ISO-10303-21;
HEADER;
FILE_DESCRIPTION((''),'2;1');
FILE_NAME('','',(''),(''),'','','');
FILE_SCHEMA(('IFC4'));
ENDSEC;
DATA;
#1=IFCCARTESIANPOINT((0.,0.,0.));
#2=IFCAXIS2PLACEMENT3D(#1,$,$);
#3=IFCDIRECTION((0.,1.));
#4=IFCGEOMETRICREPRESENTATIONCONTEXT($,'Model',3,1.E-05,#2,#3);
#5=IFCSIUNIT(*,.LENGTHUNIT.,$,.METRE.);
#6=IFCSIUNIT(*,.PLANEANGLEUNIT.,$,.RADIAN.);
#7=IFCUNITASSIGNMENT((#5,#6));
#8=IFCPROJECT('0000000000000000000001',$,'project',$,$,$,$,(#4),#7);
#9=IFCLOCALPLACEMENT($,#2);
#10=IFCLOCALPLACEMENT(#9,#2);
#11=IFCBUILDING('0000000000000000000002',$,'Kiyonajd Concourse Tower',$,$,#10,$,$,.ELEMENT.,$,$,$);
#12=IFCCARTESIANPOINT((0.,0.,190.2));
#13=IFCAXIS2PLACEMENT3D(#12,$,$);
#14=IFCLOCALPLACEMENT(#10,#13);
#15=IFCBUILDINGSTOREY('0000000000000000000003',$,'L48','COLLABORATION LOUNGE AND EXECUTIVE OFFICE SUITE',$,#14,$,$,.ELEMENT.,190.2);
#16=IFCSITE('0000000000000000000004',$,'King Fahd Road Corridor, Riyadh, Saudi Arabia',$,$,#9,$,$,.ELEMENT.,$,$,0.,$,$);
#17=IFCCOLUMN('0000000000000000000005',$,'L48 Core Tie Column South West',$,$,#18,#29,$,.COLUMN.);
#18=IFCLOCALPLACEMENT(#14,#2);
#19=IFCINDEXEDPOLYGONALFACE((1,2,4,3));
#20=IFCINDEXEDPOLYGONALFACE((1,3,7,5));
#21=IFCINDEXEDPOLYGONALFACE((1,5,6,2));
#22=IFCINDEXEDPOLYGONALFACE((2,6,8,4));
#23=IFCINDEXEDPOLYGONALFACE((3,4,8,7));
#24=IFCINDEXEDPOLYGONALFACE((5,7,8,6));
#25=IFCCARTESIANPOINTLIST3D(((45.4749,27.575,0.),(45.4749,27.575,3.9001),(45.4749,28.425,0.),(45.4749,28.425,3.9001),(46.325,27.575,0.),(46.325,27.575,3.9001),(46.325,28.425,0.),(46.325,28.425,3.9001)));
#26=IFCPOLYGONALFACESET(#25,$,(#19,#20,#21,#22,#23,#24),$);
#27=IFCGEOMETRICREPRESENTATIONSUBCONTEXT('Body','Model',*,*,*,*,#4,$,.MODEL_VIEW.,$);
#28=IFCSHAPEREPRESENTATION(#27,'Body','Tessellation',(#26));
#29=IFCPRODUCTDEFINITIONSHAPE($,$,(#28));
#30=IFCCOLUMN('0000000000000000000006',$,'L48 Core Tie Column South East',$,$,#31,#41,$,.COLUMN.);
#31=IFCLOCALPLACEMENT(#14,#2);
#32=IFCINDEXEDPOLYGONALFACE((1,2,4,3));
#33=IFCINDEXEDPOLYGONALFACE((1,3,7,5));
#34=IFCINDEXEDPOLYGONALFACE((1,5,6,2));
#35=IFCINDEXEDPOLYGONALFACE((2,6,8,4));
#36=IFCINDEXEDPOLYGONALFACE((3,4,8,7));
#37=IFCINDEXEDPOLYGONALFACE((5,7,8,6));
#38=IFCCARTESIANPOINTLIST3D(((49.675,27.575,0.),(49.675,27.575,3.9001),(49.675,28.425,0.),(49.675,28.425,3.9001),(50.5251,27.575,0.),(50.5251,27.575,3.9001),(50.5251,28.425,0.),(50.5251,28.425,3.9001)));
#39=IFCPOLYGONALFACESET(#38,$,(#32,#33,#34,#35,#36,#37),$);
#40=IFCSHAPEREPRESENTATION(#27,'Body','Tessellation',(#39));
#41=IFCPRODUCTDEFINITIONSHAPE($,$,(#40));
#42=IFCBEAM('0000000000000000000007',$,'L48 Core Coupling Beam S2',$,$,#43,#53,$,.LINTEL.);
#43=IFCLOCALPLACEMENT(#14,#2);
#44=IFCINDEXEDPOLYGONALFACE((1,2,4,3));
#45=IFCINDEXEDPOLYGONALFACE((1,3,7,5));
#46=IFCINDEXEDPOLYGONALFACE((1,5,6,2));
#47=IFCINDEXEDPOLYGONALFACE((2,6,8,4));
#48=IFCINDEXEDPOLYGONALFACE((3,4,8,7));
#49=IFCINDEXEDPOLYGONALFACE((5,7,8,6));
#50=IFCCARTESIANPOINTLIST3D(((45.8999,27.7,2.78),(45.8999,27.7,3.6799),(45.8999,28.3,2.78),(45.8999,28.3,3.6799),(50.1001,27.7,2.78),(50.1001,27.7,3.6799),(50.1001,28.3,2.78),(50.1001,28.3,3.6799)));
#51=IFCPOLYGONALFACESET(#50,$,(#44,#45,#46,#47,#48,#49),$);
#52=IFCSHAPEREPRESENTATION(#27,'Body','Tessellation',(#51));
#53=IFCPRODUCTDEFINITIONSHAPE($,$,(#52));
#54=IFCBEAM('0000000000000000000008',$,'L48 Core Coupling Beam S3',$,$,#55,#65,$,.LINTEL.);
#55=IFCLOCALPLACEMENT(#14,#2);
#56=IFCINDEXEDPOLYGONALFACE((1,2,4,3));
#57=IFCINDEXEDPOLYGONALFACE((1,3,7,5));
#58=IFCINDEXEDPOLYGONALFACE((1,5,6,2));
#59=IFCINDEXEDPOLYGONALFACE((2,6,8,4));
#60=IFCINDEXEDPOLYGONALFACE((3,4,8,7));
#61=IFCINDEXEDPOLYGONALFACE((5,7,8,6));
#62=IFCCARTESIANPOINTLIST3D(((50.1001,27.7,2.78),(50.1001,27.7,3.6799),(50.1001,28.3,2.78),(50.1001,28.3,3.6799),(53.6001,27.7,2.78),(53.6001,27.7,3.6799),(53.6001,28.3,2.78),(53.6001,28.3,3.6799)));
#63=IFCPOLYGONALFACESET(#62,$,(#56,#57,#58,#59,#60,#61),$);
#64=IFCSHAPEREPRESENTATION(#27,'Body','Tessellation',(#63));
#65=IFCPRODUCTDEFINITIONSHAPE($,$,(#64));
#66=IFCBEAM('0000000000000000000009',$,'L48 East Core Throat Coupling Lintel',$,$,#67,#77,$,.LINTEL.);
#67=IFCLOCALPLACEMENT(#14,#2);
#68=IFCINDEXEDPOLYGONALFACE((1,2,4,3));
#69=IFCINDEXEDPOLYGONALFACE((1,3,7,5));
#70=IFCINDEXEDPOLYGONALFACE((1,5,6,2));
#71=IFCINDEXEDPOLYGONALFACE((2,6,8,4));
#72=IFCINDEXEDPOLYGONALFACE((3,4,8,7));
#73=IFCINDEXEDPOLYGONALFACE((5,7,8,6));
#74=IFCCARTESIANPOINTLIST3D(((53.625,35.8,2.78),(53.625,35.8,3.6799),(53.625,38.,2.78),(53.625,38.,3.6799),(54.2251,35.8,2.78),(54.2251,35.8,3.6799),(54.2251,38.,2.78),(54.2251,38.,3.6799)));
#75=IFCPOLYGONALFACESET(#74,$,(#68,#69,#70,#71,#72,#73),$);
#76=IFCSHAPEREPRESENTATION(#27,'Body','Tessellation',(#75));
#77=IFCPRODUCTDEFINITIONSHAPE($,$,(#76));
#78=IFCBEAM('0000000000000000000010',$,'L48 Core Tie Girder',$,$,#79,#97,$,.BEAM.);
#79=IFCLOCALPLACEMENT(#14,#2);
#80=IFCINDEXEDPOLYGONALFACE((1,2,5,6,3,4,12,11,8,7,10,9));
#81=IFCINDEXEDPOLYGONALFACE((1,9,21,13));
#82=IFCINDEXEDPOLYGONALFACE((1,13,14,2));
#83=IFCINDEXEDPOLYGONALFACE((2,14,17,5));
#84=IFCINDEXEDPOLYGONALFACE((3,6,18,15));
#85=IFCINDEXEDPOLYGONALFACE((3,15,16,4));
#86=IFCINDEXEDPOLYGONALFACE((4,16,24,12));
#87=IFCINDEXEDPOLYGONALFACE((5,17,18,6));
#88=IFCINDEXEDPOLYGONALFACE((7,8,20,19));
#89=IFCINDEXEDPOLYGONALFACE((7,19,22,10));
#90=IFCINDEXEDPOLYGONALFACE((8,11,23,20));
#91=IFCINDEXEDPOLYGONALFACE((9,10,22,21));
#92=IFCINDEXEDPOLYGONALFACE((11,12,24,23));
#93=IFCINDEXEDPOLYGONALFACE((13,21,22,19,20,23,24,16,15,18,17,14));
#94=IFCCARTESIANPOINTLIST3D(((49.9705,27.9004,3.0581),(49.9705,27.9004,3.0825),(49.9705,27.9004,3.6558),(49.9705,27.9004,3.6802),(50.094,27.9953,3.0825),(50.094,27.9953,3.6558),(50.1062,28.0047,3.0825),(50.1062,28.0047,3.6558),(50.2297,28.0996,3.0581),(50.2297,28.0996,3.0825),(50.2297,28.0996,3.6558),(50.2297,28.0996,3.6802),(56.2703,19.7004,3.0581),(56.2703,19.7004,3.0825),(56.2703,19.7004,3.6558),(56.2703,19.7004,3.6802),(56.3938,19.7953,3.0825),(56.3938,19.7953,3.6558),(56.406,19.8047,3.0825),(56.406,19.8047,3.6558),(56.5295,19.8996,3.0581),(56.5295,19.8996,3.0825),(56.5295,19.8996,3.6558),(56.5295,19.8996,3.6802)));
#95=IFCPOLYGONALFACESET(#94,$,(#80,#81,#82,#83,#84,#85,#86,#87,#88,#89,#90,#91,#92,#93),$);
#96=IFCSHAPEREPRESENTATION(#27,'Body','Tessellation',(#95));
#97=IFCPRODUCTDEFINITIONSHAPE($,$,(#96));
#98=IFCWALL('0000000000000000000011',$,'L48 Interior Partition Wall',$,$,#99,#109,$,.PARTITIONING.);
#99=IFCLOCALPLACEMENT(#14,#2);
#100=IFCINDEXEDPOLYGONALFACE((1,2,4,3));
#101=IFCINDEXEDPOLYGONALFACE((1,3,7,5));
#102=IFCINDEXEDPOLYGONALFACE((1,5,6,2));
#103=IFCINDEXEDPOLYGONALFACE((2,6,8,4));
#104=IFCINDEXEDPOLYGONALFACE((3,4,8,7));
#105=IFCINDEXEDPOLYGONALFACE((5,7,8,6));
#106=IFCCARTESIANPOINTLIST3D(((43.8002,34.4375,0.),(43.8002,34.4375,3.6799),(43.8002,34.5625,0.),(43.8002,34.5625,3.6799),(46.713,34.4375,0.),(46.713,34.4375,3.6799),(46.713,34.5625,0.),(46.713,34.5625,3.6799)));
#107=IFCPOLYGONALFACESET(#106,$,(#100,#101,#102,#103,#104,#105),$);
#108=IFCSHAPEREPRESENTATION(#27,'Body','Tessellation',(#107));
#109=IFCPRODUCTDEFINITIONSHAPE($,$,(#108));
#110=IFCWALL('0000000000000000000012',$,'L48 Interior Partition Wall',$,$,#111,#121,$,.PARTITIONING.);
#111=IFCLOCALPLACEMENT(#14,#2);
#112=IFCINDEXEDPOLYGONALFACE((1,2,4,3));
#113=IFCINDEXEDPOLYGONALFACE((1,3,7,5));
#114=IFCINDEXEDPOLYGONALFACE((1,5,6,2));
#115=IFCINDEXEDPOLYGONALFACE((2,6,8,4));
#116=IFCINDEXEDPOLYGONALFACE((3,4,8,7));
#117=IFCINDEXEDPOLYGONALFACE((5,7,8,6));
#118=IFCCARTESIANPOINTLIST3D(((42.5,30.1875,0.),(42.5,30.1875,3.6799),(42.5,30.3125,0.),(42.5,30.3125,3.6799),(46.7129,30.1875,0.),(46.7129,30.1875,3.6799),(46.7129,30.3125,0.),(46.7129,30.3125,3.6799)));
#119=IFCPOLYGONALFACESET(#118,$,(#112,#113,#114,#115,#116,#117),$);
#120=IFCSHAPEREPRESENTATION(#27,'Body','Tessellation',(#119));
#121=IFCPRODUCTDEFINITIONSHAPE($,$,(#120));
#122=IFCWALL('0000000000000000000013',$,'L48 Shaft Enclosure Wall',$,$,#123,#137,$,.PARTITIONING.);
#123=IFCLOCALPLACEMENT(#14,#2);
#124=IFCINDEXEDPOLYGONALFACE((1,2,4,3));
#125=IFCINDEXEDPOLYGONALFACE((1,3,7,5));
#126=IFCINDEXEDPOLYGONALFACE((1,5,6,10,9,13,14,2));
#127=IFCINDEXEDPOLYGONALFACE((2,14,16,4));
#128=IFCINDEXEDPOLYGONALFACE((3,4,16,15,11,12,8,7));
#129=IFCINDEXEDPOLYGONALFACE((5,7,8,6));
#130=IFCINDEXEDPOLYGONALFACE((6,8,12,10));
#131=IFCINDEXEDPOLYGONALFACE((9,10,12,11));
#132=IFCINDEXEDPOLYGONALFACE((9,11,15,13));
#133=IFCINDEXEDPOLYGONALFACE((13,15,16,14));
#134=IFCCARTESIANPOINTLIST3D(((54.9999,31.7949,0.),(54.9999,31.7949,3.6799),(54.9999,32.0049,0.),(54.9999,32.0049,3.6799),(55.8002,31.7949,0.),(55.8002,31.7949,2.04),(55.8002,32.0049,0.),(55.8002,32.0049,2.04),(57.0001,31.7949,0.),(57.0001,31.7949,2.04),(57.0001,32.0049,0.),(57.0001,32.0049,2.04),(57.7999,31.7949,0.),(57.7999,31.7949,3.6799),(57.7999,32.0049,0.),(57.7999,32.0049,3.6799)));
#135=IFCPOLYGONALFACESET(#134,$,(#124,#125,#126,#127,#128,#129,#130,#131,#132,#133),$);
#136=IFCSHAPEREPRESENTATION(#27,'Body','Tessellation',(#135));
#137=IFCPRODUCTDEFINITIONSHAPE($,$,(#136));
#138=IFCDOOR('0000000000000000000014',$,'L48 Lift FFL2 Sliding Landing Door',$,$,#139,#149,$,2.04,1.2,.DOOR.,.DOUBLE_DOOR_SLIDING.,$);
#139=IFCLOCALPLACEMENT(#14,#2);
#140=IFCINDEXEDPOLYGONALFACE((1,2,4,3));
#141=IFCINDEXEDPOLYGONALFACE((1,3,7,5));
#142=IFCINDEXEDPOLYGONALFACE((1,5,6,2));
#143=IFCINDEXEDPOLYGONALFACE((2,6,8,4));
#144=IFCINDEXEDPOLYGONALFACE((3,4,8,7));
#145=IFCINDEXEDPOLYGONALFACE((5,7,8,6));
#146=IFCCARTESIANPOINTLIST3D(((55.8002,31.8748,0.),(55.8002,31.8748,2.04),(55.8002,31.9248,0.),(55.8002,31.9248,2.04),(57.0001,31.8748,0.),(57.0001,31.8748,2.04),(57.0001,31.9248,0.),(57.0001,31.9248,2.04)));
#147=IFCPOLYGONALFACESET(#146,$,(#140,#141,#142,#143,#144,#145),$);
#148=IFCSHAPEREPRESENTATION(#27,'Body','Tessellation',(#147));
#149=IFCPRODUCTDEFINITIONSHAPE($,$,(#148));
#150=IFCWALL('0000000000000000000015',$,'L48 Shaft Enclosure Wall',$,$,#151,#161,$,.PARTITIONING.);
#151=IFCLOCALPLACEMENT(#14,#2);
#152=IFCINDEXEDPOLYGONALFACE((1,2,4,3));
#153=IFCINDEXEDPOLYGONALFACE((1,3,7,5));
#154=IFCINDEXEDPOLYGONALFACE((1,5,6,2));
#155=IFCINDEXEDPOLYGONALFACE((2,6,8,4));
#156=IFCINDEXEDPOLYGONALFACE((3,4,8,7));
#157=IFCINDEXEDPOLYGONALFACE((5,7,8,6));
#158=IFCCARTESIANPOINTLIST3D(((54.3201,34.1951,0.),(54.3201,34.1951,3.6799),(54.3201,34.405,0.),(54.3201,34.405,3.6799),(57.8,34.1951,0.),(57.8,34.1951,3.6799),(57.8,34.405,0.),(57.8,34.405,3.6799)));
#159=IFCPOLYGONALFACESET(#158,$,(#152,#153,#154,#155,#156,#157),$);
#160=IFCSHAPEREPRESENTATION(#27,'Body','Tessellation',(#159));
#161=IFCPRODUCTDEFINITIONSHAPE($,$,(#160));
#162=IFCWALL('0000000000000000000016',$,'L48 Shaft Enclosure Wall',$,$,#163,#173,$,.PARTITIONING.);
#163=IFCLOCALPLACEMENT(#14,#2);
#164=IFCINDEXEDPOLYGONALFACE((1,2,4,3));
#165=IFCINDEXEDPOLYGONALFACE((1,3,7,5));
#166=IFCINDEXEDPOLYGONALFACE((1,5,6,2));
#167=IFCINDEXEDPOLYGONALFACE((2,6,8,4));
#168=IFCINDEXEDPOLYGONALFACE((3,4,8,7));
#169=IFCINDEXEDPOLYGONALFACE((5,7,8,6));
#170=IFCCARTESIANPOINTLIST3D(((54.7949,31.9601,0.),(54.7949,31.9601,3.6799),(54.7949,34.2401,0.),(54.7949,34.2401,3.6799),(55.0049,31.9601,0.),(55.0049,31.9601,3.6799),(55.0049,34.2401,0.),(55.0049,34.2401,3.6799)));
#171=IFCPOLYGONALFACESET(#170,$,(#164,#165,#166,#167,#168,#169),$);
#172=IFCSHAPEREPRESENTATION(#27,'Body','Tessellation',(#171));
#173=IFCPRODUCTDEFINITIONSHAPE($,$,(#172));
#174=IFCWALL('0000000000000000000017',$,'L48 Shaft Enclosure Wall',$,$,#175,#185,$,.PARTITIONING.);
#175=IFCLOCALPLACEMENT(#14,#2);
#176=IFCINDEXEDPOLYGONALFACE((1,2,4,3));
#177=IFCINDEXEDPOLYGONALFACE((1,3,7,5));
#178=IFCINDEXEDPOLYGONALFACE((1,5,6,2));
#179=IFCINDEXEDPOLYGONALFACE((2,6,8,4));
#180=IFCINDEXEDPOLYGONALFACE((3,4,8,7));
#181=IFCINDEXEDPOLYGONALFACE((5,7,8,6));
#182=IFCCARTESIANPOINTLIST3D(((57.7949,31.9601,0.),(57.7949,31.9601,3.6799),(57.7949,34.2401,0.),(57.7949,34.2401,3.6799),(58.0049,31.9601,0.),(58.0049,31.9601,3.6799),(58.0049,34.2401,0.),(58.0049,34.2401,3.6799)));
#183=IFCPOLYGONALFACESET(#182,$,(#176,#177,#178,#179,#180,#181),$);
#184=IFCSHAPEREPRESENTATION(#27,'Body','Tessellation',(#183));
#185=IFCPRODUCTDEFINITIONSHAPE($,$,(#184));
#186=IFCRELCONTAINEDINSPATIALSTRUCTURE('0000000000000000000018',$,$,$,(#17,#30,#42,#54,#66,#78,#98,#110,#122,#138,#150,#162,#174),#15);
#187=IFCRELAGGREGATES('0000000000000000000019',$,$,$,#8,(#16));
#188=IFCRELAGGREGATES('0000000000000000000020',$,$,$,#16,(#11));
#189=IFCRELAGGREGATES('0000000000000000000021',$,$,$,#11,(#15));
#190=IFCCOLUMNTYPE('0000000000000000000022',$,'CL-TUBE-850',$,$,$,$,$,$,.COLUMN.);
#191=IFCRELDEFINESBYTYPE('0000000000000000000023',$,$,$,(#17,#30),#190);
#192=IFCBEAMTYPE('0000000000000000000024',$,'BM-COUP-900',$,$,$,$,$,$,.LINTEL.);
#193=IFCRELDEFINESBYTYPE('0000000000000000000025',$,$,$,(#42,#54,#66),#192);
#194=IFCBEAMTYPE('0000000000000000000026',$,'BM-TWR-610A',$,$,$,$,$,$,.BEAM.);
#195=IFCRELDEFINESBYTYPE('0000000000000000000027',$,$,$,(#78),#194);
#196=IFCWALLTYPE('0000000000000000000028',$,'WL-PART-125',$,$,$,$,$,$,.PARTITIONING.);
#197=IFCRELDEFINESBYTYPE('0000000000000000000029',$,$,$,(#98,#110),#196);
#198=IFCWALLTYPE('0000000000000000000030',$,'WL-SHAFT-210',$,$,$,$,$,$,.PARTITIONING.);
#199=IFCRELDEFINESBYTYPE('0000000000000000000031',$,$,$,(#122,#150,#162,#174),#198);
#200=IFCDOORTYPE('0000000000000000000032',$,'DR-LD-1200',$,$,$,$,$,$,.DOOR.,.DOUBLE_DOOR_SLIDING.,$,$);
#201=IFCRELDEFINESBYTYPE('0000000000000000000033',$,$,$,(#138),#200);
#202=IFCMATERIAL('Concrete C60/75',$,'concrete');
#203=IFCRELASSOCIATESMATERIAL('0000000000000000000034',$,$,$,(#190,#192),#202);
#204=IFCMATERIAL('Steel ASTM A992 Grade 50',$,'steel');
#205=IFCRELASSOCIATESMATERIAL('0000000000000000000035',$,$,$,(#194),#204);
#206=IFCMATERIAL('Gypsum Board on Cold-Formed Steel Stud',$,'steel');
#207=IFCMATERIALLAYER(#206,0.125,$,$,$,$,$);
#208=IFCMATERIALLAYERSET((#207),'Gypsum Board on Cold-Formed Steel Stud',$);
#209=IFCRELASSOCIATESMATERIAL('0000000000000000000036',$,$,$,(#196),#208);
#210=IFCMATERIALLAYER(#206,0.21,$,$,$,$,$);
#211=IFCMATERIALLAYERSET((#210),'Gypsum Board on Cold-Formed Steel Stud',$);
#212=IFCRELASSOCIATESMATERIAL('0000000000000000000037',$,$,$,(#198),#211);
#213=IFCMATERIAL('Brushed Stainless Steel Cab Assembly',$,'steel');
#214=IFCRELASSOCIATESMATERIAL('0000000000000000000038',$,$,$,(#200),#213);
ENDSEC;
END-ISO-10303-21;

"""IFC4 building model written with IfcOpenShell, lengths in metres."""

from ifc_helpers import new_model, si_unit, direction, frame, frame_2d, origin, origin_2d, place, context, subcontext, project, spatial, rectangle, i_section, extrude, material, layer, layer_set, material_profile, profile_set, type_object, element, fill, save


model = new_model("IFC4")

# Units and contexts
model_context = context("Model", 3, precision=1e-05, world=origin(), true_north=direction((0.0, 1.0)))
body_context = subcontext(model_context, "Body", "Model", "MODEL_VIEW")
ifc_project = project(units=[si_unit("LENGTHUNIT", "METRE"), si_unit("PLANEANGLEUNIT", "RADIAN")], contexts=[model_context])

# Site, building, storey
site_placement = place(None, origin())
site = spatial("IfcSite", under=ifc_project, at=site_placement, Name="King Fahd Road Corridor, Riyadh, Saudi Arabia", CompositionType="ELEMENT", RefElevation=0.0)
building_placement = place(site_placement, origin())
building = spatial("IfcBuilding", under=site, at=building_placement, Name="Kiyonajd Concourse Tower", CompositionType="ELEMENT")
storey_placement = place(building_placement, frame((0.0, 0.0, 190.2)))
storey = spatial("IfcBuildingStorey", under=building, at=storey_placement, Name="L48", Description="COLLABORATION LOUNGE AND EXECUTIVE OFFICE SUITE", CompositionType="ELEMENT", Elevation=190.2)

# Columns
ifc_material_1 = material(Name="Concrete C60/75", Category="concrete")
ifc_material_profile_1 = material_profile(ifc_material_1, rectangle(XDim=0.8501, YDim=0.8501, at=origin_2d()), Name="RC-850x850")
ifc_profile_set_1 = profile_set([ifc_material_profile_1], Name="Concrete C60/75")
column_type = type_object("IfcColumnType", Name="CL-TUBE-850", PredefinedType="COLUMN", material=ifc_profile_set_1)
for number, where, z_axis, x_axis, name in (
    (1, (45.8999, 28.0, 0.0), (0.0, 0.0, 1.0), (1.0, 0.0, 0.0), "L48 Core Tie Column South West"),
    (2, (50.1001, 28.0, 0.0), (0.0, 0.0, 1.0), (1.0, 0.0, 0.0), "L48 Core Tie Column South East"),
):
    element("IfcColumn", number, at=place(storey_placement, frame(where, z_axis=z_axis, x_axis=x_axis)), inside=storey, type_object=column_type, Name=name, PredefinedType="COLUMN", context=body_context, shape_type="SweptSolid", body=[
        extrude(rectangle(XDim=0.8501, YDim=0.8501, at=origin_2d()), origin(), (0.0, 0.0, 1.0), 3.9001),
    ])

# Beams
ifc_material_profile_2 = material_profile(ifc_material_1, rectangle(XDim=0.6001, YDim=0.8999, at=origin_2d()), Name="RCBM-600x900")
ifc_profile_set_2 = profile_set([ifc_material_profile_2], Name="Concrete C60/75")
beam_type_1 = type_object("IfcBeamType", Name="BM-COUP-900", PredefinedType="LINTEL", material=ifc_profile_set_2)
beam_1_placement = place(storey_placement, frame((45.8999, 28.0, 3.23), z_axis=(1.0, 0.0, 0.0), x_axis=(0.0, 1.0, 0.0)))
element("IfcBeam", 3, at=beam_1_placement, inside=storey, type_object=beam_type_1, Name="L48 Core Coupling Beam S2", PredefinedType="LINTEL", context=body_context, shape_type="SweptSolid", body=[
    extrude(rectangle(XDim=0.6001, YDim=0.8999, at=origin_2d()), origin(), (0.0, 0.0, 1.0), 4.2002),
])
beam_2_placement = place(storey_placement, frame((50.1001, 28.0, 3.23), z_axis=(1.0, 0.0, 0.0), x_axis=(0.0, 1.0, 0.0)))
element("IfcBeam", 4, at=beam_2_placement, inside=storey, type_object=beam_type_1, Name="L48 Core Coupling Beam S3", PredefinedType="LINTEL", context=body_context, shape_type="SweptSolid", body=[
    extrude(rectangle(XDim=0.6001, YDim=0.8999, at=origin_2d()), origin(), (0.0, 0.0, 1.0), 3.5),
])
beam_3_placement = place(storey_placement, frame((53.925, 35.8, 3.23), z_axis=(0.0, 1.0, 0.0), x_axis=(-1.0, 0.0, 0.0)))
element("IfcBeam", 5, at=beam_3_placement, inside=storey, type_object=beam_type_1, Name="L48 East Core Throat Coupling Lintel", PredefinedType="LINTEL", context=body_context, shape_type="SweptSolid", body=[
    extrude(rectangle(XDim=0.6001, YDim=0.8999, at=origin_2d()), origin(), (0.0, 0.0, 1.0), 2.2),
])
ifc_material_2 = material(Name="Steel ASTM A992 Grade 50", Category="steel")
ifc_material_profile_3 = material_profile(ifc_material_2, i_section(OverallWidth=0.3269, OverallDepth=0.6221, WebThickness=0.0154, FlangeThickness=0.0244, at=origin_2d()), Name="W610X195")
ifc_profile_set_3 = profile_set([ifc_material_profile_3], Name="Steel ASTM A992 Grade 50")
beam_type_2 = type_object("IfcBeamType", Name="BM-TWR-610A", PredefinedType="BEAM", material=ifc_profile_set_3)
beam_4_placement = place(storey_placement, frame((50.1001, 28.0, 3.3691), z_axis=(0.609234, -0.792991, 0.0), x_axis=(0.792991, 0.609234, 0.0)))
element("IfcBeam", 6, at=beam_4_placement, inside=storey, type_object=beam_type_2, Name="L48 Core Tie Girder", PredefinedType="BEAM", context=body_context, shape_type="SweptSolid", body=[
    extrude(i_section(OverallWidth=0.3269, OverallDepth=0.6221, WebThickness=0.0154, FlangeThickness=0.0244, at=origin_2d()), origin(), (0.0, 0.0, 1.0), 10.3406),
])

# Walls
ifc_material_3 = material(Name="Gypsum Board on Cold-Formed Steel Stud", Category="steel")
ifc_layer_1 = layer(ifc_material_3, 0.125)
ifc_layer_set_1 = layer_set([ifc_layer_1], Name="Gypsum Board on Cold-Formed Steel Stud")
wall_type_1 = type_object("IfcWallType", Name="WL-PART-125", PredefinedType="PARTITIONING", material=ifc_layer_set_1)
wall_1_placement = place(storey_placement, frame((43.8, 34.5, 0.0), z_axis=(0.0, 0.0, 1.0), x_axis=(1.0, 0.0, 0.0)))
element("IfcWall", 7, at=wall_1_placement, inside=storey, type_object=wall_type_1, Name="L48 Interior Partition Wall", PredefinedType="PARTITIONING", context=body_context, shape_type="SweptSolid", body=[
    extrude(rectangle(XDim=2.9128, YDim=0.125, at=frame_2d((1.4565, 0.0))), origin(), (0.0, 0.0, 1.0), 3.6799),
])
wall_2_placement = place(storey_placement, frame((42.5, 30.25, 0.0), z_axis=(0.0, 0.0, 1.0), x_axis=(1.0, 0.0, 0.0)))
element("IfcWall", 8, at=wall_2_placement, inside=storey, type_object=wall_type_1, Name="L48 Interior Partition Wall", PredefinedType="PARTITIONING", context=body_context, shape_type="SweptSolid", body=[
    extrude(rectangle(XDim=4.2129, YDim=0.125, at=frame_2d((2.1064, 0.0))), origin(), (0.0, 0.0, 1.0), 3.6799),
])

# Wall, opening, door
ifc_layer_2 = layer(ifc_material_3, 0.21)
ifc_layer_set_2 = layer_set([ifc_layer_2], Name="Gypsum Board on Cold-Formed Steel Stud")
wall_type_2 = type_object("IfcWallType", Name="WL-SHAFT-210", PredefinedType="PARTITIONING", material=ifc_layer_set_2)
wall_3_placement = place(storey_placement, frame((55.0, 31.8999, 0.0), z_axis=(0.0, 0.0, 1.0), x_axis=(1.0, 0.0, 0.0)))
wall_3 = element("IfcWall", 9, at=wall_3_placement, inside=storey, type_object=wall_type_2, Name="L48 Shaft Enclosure Wall", PredefinedType="PARTITIONING", context=body_context, shape_type="SweptSolid", body=[
    extrude(rectangle(XDim=2.8, YDim=0.21, at=frame_2d((1.3999, 0.0))), origin(), (0.0, 0.0, 1.0), 3.6799),
])
opening_1_placement = place(wall_3_placement, frame((0.8, 0.0, 0.0)))
opening_1 = element("IfcOpeningElement", 10, at=opening_1_placement, cuts=wall_3, PredefinedType="OPENING", context=body_context, shape_type="SweptSolid", body=[
    extrude(rectangle(XDim=1.2, YDim=2.04, at=frame_2d((0.6001, 1.02))), frame((0.0, 0.115, 0.0), z_axis=(0.0, -1.0, 0.0), x_axis=(1.0, 0.0, 0.0)), (0.0, 0.0, 1.0), 0.23),
])
ifc_material_4 = material(Name="Brushed Stainless Steel Cab Assembly", Category="steel")
door_type_1 = type_object("IfcDoorType", Name="DR-LD-1200", OperationType="DOUBLE_DOOR_SLIDING", PredefinedType="DOOR", material=ifc_material_4)
door_1_placement = place(opening_1_placement, origin())
door_1 = element("IfcDoor", 11, at=door_1_placement, inside=storey, type_object=door_type_1, Name="L48 Lift FFL2 Sliding Landing Door", OperationType="DOUBLE_DOOR_SLIDING", OverallHeight=2.04, OverallWidth=1.2, PredefinedType="DOOR", context=body_context, shape_type="SweptSolid", body=[
    extrude(rectangle(XDim=1.2, YDim=2.04, at=frame_2d((0.6001, 1.02))), frame((0.0, 0.0249, 0.0), z_axis=(0.0, -1.0, 0.0), x_axis=(1.0, 0.0, 0.0)), (0.0, 0.0, 1.0), 0.05),
])
fill(opening_1, door_1)

# Walls
wall_4_placement = place(storey_placement, frame((54.3201, 34.3, 0.0), z_axis=(0.0, 0.0, 1.0), x_axis=(1.0, 0.0, 0.0)))
element("IfcWall", 12, at=wall_4_placement, inside=storey, type_object=wall_type_2, Name="L48 Shaft Enclosure Wall", PredefinedType="PARTITIONING", context=body_context, shape_type="SweptSolid", body=[
    extrude(rectangle(XDim=3.48, YDim=0.21, at=frame_2d((1.74, 0.0))), origin(), (0.0, 0.0, 1.0), 3.6799),
])
for number, where, z_axis, x_axis, name in (
    (13, (54.8999, 31.96, 0.0), (0.0, 0.0, 1.0), (0.0, 1.0, 0.0), "L48 Shaft Enclosure Wall"),
    (14, (57.8999, 31.96, 0.0), (0.0, 0.0, 1.0), (0.0, 1.0, 0.0), "L48 Shaft Enclosure Wall"),
):
    element("IfcWall", number, at=place(storey_placement, frame(where, z_axis=z_axis, x_axis=x_axis)), inside=storey, type_object=wall_type_2, Name=name, PredefinedType="PARTITIONING", context=body_context, shape_type="SweptSolid", body=[
        extrude(rectangle(XDim=2.28, YDim=0.21, at=frame_2d((1.1401, 0.0))), origin(), (0.0, 0.0, 1.0), 3.6799),
    ])

save(model, "model.ifc")
